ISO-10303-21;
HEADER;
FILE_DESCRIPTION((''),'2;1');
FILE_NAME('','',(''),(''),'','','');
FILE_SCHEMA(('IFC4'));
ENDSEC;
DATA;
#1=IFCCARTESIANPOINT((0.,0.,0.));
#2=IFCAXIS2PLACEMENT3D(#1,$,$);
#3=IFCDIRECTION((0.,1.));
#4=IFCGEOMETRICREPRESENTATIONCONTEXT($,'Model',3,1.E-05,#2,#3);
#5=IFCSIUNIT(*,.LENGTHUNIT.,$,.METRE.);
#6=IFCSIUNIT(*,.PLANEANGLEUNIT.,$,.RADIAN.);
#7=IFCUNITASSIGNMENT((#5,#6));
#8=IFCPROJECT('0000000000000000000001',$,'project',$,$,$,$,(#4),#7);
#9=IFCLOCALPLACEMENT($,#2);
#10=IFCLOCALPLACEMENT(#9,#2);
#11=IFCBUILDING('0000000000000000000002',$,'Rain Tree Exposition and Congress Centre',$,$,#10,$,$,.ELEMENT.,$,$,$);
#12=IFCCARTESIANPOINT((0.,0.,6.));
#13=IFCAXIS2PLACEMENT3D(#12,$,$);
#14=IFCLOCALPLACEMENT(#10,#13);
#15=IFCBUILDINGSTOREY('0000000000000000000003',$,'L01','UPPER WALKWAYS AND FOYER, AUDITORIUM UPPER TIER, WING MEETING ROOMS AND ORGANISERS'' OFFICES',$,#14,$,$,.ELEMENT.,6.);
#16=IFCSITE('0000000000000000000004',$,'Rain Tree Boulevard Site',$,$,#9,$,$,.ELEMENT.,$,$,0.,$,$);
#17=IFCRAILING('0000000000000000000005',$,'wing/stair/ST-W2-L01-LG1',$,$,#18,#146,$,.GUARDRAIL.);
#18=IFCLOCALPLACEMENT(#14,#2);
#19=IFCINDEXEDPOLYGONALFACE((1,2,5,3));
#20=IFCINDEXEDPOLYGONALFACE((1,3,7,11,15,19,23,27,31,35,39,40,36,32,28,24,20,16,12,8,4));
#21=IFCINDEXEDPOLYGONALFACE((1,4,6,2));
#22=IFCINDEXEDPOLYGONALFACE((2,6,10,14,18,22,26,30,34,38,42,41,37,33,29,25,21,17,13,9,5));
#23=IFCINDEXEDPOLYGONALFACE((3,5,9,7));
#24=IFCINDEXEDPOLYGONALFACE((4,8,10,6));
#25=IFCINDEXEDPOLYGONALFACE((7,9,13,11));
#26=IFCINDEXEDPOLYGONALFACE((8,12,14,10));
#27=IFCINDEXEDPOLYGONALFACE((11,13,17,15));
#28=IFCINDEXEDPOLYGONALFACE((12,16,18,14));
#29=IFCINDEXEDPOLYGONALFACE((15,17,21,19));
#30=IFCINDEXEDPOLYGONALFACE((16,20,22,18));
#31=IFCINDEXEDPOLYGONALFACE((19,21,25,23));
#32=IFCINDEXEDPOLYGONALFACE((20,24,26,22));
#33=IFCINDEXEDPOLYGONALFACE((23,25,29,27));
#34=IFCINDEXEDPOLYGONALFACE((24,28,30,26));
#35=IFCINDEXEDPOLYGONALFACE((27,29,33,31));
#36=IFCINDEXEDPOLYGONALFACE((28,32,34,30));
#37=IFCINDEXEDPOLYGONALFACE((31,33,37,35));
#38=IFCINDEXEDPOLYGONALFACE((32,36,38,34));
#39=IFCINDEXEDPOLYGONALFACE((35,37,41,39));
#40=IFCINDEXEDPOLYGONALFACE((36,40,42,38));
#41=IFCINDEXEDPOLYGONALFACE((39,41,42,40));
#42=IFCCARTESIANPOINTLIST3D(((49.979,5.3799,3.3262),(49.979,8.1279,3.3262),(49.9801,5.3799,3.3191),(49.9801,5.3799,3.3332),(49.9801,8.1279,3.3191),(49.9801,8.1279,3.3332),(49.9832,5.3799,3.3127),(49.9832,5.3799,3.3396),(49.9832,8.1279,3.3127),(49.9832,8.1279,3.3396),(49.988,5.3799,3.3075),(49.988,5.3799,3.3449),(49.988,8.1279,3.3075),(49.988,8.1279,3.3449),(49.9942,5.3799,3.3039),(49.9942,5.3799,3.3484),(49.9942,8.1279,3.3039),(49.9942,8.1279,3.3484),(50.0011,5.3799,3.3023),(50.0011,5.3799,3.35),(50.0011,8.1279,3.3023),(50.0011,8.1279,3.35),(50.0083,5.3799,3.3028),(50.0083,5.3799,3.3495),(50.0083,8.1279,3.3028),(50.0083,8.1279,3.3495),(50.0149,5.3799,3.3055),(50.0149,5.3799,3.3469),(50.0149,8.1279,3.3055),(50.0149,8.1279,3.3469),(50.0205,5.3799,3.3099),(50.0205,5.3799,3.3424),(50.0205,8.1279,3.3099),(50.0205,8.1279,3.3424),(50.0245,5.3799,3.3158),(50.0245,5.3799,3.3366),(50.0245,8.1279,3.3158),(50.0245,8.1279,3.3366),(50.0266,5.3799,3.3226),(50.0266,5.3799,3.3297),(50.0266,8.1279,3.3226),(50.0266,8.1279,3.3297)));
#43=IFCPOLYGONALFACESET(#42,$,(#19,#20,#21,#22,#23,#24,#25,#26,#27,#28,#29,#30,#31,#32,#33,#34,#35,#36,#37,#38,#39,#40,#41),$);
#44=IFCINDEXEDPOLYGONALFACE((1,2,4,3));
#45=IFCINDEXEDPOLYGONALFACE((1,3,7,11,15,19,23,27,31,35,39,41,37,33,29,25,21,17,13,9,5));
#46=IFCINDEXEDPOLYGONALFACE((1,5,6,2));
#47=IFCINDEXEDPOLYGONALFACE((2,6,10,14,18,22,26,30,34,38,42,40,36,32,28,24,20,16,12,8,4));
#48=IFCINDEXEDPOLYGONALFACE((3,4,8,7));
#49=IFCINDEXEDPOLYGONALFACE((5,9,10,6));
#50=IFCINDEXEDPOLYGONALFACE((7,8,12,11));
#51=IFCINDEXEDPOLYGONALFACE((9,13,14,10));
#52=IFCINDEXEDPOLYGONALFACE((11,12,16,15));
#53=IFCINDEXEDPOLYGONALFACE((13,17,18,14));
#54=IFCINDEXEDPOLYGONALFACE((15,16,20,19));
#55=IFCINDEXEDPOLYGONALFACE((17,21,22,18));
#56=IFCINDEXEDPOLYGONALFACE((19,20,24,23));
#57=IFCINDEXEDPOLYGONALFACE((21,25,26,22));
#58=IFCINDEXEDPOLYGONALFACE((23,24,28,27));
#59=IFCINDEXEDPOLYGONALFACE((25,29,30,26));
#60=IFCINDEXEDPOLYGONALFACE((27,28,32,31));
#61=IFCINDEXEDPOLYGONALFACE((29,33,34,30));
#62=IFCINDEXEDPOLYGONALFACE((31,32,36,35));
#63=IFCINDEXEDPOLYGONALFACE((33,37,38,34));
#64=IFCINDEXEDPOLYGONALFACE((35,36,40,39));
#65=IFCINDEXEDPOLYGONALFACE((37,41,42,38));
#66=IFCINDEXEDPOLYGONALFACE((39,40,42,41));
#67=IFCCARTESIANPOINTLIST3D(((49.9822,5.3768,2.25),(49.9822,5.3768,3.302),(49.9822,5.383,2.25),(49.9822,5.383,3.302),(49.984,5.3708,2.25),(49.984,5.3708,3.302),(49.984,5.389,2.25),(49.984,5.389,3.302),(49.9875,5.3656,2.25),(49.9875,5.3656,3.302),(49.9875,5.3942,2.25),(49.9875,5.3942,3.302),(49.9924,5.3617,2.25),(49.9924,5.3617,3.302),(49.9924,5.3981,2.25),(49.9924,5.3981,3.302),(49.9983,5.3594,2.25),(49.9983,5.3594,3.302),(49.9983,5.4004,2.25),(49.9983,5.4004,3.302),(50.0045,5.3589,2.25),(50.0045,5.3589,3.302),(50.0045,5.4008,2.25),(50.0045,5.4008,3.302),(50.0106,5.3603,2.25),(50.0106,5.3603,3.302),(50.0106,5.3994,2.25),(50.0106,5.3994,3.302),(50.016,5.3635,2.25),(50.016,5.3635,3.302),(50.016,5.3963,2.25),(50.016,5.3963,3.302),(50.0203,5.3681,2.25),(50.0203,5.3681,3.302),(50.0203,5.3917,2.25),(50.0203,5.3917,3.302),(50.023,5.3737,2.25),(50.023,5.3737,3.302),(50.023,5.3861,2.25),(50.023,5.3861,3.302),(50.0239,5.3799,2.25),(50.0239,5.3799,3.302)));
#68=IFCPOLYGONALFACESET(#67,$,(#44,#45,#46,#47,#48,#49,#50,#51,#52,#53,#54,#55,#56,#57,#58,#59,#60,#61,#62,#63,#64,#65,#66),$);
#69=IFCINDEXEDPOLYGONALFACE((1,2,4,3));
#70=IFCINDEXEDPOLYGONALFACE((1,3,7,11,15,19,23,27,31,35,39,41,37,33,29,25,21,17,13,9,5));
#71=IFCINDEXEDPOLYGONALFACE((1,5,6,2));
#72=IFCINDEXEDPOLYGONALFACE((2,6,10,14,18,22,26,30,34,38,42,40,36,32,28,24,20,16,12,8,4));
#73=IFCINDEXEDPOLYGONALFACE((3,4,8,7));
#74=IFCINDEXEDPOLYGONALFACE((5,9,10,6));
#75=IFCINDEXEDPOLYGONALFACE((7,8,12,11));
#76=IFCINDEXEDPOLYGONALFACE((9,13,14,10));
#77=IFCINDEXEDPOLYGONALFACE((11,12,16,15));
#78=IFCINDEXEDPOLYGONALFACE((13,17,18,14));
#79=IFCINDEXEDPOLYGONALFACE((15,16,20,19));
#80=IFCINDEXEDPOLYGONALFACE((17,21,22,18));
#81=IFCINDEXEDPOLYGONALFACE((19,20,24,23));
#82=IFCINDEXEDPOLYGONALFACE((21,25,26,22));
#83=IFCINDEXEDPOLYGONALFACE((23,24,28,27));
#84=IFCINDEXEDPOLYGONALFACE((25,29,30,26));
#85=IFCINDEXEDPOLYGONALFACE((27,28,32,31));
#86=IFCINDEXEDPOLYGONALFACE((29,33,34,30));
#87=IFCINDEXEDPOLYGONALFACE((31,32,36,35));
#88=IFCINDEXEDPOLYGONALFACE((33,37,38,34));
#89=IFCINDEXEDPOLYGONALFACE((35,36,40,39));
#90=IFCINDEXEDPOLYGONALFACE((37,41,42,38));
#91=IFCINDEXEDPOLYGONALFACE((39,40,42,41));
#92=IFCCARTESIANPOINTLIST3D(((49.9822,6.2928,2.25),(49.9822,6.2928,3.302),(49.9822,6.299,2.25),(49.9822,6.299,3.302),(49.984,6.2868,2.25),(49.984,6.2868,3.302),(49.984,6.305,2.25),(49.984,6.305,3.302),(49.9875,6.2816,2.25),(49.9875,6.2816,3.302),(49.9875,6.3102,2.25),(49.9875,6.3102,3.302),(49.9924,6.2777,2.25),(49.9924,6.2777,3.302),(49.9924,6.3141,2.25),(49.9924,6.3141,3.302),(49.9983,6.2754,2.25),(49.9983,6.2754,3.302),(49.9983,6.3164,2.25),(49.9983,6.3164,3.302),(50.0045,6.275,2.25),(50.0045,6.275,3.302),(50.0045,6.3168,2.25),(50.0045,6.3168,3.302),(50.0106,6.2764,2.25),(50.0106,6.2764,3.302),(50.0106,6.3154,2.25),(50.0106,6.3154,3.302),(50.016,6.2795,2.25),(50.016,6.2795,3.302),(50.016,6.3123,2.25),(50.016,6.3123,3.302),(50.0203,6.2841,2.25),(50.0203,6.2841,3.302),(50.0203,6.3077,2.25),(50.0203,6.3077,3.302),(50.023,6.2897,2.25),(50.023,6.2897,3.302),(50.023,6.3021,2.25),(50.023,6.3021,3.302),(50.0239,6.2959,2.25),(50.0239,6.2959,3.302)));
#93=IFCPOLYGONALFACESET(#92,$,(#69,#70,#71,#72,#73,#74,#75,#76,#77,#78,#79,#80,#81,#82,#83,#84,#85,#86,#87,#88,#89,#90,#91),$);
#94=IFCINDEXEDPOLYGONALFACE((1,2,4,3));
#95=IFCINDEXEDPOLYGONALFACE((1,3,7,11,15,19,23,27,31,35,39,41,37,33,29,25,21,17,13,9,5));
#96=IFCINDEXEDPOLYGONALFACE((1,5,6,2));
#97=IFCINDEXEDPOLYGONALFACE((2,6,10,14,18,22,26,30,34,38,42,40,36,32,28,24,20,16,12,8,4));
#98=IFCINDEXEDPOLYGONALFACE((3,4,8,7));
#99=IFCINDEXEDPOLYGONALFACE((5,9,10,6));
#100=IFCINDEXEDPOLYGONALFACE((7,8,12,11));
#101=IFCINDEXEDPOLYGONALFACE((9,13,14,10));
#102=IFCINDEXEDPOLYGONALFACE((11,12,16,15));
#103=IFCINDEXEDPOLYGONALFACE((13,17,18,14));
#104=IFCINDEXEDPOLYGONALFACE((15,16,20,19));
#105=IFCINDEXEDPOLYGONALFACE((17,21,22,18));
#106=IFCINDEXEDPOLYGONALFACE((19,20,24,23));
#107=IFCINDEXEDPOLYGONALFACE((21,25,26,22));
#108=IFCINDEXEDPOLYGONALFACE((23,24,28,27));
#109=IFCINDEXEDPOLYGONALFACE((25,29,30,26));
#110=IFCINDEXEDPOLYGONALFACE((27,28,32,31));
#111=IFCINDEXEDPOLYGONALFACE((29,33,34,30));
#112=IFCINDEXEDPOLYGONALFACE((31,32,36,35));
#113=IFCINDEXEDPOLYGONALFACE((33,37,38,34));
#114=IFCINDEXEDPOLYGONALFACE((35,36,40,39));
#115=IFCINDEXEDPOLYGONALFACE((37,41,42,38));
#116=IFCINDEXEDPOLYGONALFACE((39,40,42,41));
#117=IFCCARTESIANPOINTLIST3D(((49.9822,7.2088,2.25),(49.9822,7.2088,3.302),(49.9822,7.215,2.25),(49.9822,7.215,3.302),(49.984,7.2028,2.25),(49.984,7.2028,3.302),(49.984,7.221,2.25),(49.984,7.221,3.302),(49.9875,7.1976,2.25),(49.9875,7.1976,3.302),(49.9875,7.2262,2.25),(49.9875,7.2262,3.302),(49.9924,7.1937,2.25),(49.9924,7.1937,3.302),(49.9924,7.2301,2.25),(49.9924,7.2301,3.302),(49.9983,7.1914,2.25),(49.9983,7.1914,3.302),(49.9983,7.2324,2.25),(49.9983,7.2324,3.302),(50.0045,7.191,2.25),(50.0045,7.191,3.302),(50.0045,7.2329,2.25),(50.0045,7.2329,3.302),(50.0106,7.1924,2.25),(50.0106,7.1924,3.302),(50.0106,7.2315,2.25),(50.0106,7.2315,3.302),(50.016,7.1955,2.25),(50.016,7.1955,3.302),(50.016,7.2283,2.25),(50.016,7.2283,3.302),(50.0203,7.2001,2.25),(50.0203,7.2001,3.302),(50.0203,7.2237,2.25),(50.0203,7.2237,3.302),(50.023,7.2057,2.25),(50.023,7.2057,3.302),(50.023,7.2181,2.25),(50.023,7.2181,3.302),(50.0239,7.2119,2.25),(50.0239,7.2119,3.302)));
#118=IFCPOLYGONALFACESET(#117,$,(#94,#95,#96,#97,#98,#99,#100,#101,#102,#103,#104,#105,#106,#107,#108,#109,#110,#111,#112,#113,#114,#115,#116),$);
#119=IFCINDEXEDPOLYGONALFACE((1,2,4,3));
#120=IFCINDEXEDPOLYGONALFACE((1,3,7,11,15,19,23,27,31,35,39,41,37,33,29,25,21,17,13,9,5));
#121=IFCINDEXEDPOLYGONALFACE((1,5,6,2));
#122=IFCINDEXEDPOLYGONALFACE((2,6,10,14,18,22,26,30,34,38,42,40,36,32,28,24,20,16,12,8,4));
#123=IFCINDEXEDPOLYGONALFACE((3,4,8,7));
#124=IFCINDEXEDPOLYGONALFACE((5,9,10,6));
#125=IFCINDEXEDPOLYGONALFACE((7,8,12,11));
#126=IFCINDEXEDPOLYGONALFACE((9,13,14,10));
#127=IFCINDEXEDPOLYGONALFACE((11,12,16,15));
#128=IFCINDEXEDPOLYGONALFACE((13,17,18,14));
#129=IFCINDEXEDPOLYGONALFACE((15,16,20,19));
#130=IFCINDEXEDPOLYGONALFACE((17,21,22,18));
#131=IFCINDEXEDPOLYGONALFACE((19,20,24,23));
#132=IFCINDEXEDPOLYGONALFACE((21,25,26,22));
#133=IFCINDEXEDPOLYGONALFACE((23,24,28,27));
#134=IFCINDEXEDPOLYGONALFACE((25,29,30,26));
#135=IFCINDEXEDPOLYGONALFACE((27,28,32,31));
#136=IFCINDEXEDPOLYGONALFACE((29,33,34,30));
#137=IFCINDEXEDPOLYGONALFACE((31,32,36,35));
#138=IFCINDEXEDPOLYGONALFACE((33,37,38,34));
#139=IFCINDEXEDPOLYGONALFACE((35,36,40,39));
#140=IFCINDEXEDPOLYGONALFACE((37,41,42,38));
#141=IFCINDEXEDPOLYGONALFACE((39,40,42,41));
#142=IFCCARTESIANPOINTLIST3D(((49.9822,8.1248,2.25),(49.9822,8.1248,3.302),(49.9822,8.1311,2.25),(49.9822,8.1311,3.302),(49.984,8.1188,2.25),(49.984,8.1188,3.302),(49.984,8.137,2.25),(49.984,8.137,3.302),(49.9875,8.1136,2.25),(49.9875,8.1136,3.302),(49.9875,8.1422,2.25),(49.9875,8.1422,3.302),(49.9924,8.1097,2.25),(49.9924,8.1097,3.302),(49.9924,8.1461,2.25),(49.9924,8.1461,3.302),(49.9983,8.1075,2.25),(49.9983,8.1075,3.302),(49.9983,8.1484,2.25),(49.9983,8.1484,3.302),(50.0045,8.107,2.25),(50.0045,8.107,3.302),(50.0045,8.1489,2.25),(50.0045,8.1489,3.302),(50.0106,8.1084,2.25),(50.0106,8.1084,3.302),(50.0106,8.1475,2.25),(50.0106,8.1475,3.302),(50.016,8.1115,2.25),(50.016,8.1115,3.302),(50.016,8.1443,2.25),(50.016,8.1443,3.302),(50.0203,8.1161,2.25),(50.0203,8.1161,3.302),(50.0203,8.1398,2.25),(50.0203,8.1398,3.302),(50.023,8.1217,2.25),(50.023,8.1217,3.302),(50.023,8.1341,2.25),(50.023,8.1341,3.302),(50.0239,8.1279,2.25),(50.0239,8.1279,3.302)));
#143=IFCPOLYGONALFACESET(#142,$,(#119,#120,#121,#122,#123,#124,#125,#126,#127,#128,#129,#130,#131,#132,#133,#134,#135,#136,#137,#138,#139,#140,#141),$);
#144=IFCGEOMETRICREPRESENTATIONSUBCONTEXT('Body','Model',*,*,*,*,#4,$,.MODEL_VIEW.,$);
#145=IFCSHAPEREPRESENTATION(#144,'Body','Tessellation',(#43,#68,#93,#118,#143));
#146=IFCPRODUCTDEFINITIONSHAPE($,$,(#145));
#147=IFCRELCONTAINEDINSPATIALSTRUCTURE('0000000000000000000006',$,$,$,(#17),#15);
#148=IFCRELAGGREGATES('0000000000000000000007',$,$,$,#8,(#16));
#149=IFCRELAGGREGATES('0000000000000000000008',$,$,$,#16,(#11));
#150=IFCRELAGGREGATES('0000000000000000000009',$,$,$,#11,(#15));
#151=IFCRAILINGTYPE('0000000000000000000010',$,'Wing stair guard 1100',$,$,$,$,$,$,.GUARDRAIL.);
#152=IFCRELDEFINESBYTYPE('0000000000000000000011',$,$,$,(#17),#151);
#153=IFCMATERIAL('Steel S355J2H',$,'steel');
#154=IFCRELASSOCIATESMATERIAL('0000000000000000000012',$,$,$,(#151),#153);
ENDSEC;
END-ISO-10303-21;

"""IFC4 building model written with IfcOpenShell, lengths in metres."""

from ifc_helpers import new_model, si_unit, direction, frame, origin, origin_2d, place, context, subcontext, project, spatial, circle, extrude, material, type_object, element, save


model = new_model("IFC4")

# Units and contexts
model_context = context("Model", 3, precision=1e-05, world=origin(), true_north=direction((0.0, 1.0)))
body_context = subcontext(model_context, "Body", "Model", "MODEL_VIEW")
ifc_project = project(units=[si_unit("LENGTHUNIT", "METRE"), si_unit("PLANEANGLEUNIT", "RADIAN")], contexts=[model_context])

# Site, building, storey
site_placement = place(None, origin())
site = spatial("IfcSite", under=ifc_project, at=site_placement, Name="Rain Tree Boulevard Site", CompositionType="ELEMENT", RefElevation=0.0)
building_placement = place(site_placement, origin())
building = spatial("IfcBuilding", under=site, at=building_placement, Name="Rain Tree Exposition and Congress Centre", CompositionType="ELEMENT")
storey_placement = place(building_placement, frame((0.0, 0.0, 6.0)))
storey = spatial("IfcBuildingStorey", under=building, at=storey_placement, Name="L01", Description="UPPER WALKWAYS AND FOYER, AUDITORIUM UPPER TIER, WING MEETING ROOMS AND ORGANISERS' OFFICES", CompositionType="ELEMENT", Elevation=6.0)

# Railing
ifc_material_1 = material(Name="Steel S355J2H", Category="steel")
railing_type_1 = type_object("IfcRailingType", Name="Wing stair guard 1100", PredefinedType="GUARDRAIL", material=ifc_material_1)
railing_1_placement = place(storey_placement, frame((50.0029, 5.3799, 2.25)))
element("IfcRailing", 1, at=railing_1_placement, inside=storey, type_object=railing_type_1, Name="wing/stair/ST-W2-L01-LG1", PredefinedType="GUARDRAIL", context=body_context, shape_type="SweptSolid", body=[
    extrude(circle(Radius=0.0239, at=origin_2d()), frame((0.0, 0.0, 1.0762), z_axis=(0.0, 1.0, 0.0), x_axis=(-1.0, 0.0, 0.0)), (0.0, 0.0, 1.0), 2.748),
    extrude(circle(Radius=0.021, at=origin_2d()), origin(), (0.0, 0.0, 1.0), 1.052),
    extrude(circle(Radius=0.021, at=origin_2d()), frame((0.0, 0.916, 0.0)), (0.0, 0.0, 1.0), 1.052),
    extrude(circle(Radius=0.021, at=origin_2d()), frame((0.0, 1.832, 0.0)), (0.0, 0.0, 1.0), 1.052),
    extrude(circle(Radius=0.021, at=origin_2d()), frame((0.0, 2.748, 0.0)), (0.0, 0.0, 1.0), 1.052),
])

save(model, "model.ifc")
